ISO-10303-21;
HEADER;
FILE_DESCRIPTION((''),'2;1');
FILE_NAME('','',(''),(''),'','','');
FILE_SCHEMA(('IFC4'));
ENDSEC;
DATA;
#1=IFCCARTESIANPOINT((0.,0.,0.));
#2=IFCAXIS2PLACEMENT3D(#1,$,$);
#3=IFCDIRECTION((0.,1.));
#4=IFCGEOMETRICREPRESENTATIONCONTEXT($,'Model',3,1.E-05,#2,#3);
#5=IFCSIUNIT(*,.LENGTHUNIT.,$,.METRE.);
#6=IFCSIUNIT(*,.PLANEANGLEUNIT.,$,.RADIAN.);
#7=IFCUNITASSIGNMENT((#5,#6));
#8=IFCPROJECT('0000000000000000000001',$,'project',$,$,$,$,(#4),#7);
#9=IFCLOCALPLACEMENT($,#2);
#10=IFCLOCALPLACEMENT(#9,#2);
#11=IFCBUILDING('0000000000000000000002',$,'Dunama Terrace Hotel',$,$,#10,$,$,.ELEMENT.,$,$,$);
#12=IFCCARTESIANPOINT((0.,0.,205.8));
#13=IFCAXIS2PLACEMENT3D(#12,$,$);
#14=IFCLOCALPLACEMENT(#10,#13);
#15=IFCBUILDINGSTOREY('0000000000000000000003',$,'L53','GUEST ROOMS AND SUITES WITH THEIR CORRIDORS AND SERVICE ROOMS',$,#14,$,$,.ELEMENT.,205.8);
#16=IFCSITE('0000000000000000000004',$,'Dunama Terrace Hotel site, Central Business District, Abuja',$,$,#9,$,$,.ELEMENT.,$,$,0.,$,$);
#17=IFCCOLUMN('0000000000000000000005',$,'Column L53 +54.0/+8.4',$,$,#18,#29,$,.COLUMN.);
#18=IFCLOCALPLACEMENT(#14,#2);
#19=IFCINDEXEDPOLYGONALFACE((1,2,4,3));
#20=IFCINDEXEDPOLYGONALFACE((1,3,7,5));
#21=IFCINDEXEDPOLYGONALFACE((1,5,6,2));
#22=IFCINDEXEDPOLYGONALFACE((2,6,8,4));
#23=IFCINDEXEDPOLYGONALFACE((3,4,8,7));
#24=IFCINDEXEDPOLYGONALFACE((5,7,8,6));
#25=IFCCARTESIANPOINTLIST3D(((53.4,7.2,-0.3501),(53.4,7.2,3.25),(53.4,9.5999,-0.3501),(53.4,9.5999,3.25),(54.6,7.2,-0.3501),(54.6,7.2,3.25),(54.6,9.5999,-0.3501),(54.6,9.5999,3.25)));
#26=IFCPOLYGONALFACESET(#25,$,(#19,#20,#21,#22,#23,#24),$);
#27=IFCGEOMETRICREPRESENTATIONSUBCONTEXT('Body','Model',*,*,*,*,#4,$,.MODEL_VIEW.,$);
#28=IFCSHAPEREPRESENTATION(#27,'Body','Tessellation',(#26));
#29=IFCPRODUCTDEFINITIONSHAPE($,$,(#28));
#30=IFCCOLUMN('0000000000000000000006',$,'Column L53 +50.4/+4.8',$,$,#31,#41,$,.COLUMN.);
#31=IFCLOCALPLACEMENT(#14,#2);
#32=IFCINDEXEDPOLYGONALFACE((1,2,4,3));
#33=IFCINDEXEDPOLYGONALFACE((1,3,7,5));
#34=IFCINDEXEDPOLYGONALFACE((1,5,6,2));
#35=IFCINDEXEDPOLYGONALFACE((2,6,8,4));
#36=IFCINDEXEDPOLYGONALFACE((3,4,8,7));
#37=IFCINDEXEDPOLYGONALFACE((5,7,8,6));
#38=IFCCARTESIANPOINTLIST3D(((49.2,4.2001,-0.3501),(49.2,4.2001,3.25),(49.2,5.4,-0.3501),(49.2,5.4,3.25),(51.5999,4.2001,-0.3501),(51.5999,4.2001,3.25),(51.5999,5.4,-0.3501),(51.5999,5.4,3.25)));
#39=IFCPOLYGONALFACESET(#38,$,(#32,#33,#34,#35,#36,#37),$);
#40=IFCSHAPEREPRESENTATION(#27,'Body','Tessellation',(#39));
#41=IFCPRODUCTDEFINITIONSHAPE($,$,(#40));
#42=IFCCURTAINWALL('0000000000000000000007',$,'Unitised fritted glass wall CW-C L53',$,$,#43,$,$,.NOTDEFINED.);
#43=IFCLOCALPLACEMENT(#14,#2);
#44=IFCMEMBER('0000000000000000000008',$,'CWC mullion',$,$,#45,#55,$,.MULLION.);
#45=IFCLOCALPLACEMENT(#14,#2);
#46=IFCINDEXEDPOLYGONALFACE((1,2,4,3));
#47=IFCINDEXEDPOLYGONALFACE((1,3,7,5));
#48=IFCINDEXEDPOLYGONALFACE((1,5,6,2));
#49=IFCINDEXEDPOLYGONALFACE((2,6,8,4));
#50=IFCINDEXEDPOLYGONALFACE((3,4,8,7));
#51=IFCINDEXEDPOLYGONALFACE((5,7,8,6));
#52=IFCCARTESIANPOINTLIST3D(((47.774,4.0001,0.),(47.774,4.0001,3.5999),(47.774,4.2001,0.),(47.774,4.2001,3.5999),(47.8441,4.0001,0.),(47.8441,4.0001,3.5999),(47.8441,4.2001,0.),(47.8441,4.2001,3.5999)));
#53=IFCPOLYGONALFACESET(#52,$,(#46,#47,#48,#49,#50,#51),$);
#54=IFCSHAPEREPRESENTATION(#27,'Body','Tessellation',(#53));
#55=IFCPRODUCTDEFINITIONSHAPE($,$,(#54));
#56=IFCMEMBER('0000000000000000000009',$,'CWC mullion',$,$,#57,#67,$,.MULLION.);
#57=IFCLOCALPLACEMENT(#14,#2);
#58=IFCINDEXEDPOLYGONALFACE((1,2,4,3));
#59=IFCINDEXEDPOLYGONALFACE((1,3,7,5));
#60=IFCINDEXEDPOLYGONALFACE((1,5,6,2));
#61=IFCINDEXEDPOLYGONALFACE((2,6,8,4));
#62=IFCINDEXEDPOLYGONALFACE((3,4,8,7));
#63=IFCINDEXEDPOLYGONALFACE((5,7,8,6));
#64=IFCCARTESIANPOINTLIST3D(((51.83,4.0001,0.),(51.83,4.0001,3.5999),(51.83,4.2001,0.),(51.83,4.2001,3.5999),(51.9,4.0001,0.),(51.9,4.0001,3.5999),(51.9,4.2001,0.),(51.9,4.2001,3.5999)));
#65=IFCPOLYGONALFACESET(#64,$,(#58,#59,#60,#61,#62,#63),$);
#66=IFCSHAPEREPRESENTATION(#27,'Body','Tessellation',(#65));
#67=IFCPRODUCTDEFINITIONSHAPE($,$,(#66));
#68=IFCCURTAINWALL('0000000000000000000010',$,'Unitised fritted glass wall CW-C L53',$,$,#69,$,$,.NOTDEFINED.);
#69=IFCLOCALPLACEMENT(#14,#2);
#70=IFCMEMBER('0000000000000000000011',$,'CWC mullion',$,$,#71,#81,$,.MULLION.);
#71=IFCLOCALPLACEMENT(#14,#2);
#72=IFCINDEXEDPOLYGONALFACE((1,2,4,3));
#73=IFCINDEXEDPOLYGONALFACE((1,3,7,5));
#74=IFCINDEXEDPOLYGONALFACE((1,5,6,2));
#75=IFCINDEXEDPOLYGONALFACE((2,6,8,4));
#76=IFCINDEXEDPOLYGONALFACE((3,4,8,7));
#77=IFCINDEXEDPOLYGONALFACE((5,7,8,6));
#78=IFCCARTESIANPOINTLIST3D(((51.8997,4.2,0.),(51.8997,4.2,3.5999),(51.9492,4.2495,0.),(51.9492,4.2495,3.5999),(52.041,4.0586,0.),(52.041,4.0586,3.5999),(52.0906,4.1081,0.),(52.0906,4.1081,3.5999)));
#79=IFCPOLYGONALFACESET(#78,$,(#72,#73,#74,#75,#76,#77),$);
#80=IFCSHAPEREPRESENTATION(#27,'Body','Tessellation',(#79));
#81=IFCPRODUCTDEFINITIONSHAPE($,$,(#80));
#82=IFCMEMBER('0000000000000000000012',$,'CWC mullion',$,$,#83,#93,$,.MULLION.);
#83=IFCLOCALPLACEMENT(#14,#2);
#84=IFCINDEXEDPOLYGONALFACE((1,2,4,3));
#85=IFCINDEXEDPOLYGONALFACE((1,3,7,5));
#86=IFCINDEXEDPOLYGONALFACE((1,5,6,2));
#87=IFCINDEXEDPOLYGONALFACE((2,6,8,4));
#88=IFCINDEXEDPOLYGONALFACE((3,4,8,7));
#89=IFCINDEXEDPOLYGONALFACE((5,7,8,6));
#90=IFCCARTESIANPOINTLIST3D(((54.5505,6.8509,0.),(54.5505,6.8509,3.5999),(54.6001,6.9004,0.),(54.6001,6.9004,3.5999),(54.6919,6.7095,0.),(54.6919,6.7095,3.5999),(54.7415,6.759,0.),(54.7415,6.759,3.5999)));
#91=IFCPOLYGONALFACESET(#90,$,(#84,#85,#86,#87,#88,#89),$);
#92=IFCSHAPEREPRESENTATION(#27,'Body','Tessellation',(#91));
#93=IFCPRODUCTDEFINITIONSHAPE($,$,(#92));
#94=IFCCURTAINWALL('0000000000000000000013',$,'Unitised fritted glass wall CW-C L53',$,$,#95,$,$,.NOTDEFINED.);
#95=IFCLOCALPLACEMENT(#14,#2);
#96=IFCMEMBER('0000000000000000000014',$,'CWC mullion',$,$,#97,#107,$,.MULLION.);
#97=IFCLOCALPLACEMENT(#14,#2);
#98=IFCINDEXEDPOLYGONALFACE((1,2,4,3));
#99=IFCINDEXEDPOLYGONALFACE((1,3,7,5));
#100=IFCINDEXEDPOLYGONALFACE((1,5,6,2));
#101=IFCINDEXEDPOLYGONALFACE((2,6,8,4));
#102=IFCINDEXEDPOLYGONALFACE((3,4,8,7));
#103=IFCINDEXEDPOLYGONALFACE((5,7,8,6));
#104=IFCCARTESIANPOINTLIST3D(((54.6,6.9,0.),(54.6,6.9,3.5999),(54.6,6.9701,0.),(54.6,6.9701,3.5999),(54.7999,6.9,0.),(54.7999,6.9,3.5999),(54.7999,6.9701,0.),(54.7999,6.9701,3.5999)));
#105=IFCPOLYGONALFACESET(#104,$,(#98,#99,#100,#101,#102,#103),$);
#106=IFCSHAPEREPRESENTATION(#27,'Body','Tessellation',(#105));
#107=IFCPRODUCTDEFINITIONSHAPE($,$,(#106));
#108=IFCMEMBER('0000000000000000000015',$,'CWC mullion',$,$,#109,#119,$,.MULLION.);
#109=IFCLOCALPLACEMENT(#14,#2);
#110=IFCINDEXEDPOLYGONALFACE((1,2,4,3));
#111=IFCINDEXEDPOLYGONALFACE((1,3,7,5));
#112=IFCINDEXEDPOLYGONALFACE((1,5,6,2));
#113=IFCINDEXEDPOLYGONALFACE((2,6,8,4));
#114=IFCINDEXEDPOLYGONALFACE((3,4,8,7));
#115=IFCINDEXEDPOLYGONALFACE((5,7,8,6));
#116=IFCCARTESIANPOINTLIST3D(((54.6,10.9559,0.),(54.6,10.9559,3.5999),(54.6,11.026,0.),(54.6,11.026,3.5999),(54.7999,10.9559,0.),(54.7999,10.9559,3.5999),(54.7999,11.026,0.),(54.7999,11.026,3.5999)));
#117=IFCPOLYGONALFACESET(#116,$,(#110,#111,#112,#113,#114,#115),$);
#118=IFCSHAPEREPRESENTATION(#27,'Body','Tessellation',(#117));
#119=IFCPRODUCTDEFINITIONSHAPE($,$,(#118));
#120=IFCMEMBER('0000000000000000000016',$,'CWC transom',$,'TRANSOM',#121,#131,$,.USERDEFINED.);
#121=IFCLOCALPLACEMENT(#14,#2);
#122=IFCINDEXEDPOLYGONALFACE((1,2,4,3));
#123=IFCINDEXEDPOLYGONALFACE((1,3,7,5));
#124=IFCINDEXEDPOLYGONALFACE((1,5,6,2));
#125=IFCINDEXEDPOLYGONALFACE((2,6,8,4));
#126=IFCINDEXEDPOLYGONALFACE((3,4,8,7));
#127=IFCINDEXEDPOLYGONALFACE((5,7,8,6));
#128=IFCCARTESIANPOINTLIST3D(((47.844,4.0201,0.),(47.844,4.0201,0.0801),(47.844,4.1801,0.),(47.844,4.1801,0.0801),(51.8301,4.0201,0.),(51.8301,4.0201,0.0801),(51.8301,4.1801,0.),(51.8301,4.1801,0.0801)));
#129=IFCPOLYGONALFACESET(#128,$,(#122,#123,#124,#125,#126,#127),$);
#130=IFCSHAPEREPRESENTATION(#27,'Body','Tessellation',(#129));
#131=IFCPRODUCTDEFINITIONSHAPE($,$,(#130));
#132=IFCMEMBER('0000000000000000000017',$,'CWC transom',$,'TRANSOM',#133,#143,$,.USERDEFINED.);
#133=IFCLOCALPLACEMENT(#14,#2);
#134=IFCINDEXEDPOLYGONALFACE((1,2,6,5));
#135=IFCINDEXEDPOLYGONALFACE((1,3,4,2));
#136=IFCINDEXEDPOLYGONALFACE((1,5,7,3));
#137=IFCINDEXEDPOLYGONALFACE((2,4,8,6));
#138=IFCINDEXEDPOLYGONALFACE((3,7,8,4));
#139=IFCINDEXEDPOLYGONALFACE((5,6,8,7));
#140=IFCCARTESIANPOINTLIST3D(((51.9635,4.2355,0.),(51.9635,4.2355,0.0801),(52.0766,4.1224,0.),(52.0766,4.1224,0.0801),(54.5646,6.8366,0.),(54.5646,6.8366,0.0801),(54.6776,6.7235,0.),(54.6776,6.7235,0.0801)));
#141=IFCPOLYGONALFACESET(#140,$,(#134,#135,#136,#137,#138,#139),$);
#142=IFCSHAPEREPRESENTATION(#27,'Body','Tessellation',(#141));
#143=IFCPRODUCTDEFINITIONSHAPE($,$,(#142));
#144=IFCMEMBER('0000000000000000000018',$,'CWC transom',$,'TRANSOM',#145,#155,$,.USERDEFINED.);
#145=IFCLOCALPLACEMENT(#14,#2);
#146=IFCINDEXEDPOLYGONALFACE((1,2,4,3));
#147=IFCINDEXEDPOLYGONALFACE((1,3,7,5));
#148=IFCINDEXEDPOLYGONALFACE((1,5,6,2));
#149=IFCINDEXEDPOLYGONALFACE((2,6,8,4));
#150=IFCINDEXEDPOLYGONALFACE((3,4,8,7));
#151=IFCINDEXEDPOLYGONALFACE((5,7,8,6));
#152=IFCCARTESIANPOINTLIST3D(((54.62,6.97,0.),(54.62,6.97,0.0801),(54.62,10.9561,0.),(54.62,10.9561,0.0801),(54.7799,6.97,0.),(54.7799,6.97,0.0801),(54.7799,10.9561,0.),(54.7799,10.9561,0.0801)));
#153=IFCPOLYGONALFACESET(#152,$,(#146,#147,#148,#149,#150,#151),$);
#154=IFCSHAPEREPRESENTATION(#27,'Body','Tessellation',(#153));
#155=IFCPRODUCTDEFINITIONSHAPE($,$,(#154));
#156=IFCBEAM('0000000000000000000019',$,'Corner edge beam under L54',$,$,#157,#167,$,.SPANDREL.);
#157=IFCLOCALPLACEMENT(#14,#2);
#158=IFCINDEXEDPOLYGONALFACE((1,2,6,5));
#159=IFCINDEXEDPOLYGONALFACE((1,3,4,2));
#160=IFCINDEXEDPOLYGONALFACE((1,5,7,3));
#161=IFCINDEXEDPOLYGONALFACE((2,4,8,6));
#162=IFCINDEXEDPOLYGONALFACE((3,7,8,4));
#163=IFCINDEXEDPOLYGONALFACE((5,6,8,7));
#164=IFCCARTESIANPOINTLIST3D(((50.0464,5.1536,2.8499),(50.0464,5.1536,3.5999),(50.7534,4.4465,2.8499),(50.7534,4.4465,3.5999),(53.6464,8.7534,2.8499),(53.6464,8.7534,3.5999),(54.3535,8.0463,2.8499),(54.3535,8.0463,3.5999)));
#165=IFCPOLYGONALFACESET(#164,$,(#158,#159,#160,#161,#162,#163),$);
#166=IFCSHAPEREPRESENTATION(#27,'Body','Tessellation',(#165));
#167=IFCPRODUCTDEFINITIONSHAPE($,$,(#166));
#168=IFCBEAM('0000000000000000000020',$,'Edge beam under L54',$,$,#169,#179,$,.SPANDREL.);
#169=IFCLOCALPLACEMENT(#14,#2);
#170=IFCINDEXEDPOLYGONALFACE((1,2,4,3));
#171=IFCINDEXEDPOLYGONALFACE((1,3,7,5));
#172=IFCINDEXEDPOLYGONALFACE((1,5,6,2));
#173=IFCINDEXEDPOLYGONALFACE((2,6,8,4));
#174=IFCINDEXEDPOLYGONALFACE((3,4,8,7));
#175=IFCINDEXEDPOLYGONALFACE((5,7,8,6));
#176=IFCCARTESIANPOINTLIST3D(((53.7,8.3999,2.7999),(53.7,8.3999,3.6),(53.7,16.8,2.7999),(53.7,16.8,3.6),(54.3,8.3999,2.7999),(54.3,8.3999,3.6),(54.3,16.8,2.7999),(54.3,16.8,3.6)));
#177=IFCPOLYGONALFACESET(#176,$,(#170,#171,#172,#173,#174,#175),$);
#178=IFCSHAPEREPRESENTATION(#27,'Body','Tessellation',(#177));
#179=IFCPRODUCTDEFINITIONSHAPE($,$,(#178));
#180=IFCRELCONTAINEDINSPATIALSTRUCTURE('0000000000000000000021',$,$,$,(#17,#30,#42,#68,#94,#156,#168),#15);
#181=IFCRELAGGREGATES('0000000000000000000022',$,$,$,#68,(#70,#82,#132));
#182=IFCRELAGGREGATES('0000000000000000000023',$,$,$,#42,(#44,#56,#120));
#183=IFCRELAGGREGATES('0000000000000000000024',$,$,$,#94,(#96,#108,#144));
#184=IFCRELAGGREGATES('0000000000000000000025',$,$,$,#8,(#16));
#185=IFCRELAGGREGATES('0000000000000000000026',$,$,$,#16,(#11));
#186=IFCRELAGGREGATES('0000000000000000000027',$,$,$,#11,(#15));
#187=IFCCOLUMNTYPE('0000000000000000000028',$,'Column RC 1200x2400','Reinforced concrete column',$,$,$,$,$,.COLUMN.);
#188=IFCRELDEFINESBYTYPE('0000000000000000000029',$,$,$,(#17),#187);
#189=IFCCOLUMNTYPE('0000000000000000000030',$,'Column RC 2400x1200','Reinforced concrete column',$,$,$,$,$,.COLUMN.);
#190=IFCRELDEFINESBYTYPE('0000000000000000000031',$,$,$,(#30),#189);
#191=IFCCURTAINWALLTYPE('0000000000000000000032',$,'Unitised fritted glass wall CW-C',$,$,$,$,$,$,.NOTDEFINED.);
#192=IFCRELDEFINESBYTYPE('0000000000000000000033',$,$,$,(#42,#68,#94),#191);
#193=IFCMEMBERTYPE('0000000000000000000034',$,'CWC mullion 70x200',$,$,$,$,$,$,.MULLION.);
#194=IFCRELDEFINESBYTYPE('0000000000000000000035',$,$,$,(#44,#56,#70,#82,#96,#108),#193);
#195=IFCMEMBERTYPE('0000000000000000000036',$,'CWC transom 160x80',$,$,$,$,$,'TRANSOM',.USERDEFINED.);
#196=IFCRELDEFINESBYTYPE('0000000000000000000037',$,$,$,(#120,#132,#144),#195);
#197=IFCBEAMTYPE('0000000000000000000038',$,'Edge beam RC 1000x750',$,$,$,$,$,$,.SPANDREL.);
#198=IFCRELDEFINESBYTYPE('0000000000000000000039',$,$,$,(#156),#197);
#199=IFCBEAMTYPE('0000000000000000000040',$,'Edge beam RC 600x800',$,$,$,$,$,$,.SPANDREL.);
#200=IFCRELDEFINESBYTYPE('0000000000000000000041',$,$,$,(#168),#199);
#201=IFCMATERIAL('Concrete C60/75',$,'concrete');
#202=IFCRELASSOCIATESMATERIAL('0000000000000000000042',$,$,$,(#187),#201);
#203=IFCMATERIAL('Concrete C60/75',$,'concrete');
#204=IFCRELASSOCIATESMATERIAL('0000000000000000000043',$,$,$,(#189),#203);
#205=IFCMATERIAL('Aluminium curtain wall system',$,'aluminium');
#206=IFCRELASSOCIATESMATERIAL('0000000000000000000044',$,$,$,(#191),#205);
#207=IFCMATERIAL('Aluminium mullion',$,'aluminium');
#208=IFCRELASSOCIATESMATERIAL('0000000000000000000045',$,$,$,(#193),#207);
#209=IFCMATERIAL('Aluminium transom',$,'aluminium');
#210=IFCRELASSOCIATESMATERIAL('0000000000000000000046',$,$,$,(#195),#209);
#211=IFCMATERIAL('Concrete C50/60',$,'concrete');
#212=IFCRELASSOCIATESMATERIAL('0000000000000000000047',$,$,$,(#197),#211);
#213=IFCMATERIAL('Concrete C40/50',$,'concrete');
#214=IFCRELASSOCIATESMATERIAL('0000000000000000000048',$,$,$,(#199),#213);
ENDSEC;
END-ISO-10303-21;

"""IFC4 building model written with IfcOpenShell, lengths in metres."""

from ifc_helpers import new_model, si_unit, direction, frame, origin, origin_2d, place, context, subcontext, project, spatial, rectangle, extrude, material, material_profile, profile_set, type_object, element, aggregate, save


model = new_model("IFC4")

# Units and contexts
model_context = context("Model", 3, precision=1e-05, world=origin(), true_north=direction((0.0, 1.0)))
body_context = subcontext(model_context, "Body", "Model", "MODEL_VIEW")
ifc_project = project(units=[si_unit("LENGTHUNIT", "METRE"), si_unit("PLANEANGLEUNIT", "RADIAN")], contexts=[model_context])

# Site, building, storey
site_placement = place(None, origin())
site = spatial("IfcSite", under=ifc_project, at=site_placement, Name="Dunama Terrace Hotel site, Central Business District, Abuja", CompositionType="ELEMENT", RefElevation=0.0)
building_placement = place(site_placement, origin())
building = spatial("IfcBuilding", under=site, at=building_placement, Name="Dunama Terrace Hotel", CompositionType="ELEMENT")
storey_placement = place(building_placement, frame((0.0, 0.0, 205.8)))
storey = spatial("IfcBuildingStorey", under=building, at=storey_placement, Name="L53", Description="GUEST ROOMS AND SUITES WITH THEIR CORRIDORS AND SERVICE ROOMS", CompositionType="ELEMENT", Elevation=205.8)

# Columns
ifc_material_1 = material(Name="Concrete C60/75", Category="concrete")
ifc_material_profile_1 = material_profile(ifc_material_1, rectangle(XDim=1.2, YDim=2.3999, at=origin_2d()), Name="RC 1200x2400")
ifc_profile_set_1 = profile_set([ifc_material_profile_1], Name="Concrete C60/75")
column_type_1 = type_object("IfcColumnType", Name="Column RC 1200x2400", Description="Reinforced concrete column", PredefinedType="COLUMN", material=ifc_profile_set_1)
column_1_placement = place(storey_placement, frame((54.0, 8.3999, -0.3501), z_axis=(0.0, 0.0, 1.0), x_axis=(1.0, 0.0, 0.0)))
element("IfcColumn", 1, at=column_1_placement, inside=storey, type_object=column_type_1, Name="Column L53 +54.0/+8.4", PredefinedType="COLUMN", context=body_context, shape_type="SweptSolid", body=[
    extrude(rectangle(XDim=1.2, YDim=2.3999, at=origin_2d()), origin(), (0.0, 0.0, 1.0), 3.6001),
])
ifc_material_2 = material(Name="Concrete C60/75", Category="concrete")
ifc_material_profile_2 = material_profile(ifc_material_2, rectangle(XDim=2.3999, YDim=1.2, at=origin_2d()), Name="RC 2400x1200")
ifc_profile_set_2 = profile_set([ifc_material_profile_2], Name="Concrete C60/75")
column_type_2 = type_object("IfcColumnType", Name="Column RC 2400x1200", Description="Reinforced concrete column", PredefinedType="COLUMN", material=ifc_profile_set_2)
column_2_placement = place(storey_placement, frame((50.3999, 4.8, -0.3501), z_axis=(0.0, 0.0, 1.0), x_axis=(1.0, 0.0, 0.0)))
element("IfcColumn", 2, at=column_2_placement, inside=storey, type_object=column_type_2, Name="Column L53 +50.4/+4.8", PredefinedType="COLUMN", context=body_context, shape_type="SweptSolid", body=[
    extrude(rectangle(XDim=2.3999, YDim=1.2, at=origin_2d()), origin(), (0.0, 0.0, 1.0), 3.6001),
])

# Curtain walls, members
ifc_material_3 = material(Name="Aluminium curtain wall system", Category="aluminium")
curtain_wall_type = type_object("IfcCurtainWallType", Name="Unitised fritted glass wall CW-C", PredefinedType="NOTDEFINED", material=ifc_material_3)
curtain_wall_1_placement = place(storey_placement, origin())
curtain_wall_1 = element("IfcCurtainWall", 3, at=curtain_wall_1_placement, inside=storey, type_object=curtain_wall_type, Name="Unitised fritted glass wall CW-C L53", PredefinedType="NOTDEFINED")
ifc_material_4 = material(Name="Aluminium mullion", Category="aluminium")
ifc_material_profile_3 = material_profile(ifc_material_4, rectangle(XDim=0.0701, YDim=0.2, at=origin_2d()), Name="CWC MULLION 70X200")
ifc_profile_set_3 = profile_set([ifc_material_profile_3], Name="Aluminium mullion")
member_type_1 = type_object("IfcMemberType", Name="CWC mullion 70x200", PredefinedType="MULLION", material=ifc_profile_set_3)
member_1_placement = place(storey_placement, frame((47.8091, 4.1001, 0.0), z_axis=(0.0, 0.0, 1.0), x_axis=(1.0, 0.0, 0.0)))
member_1 = element("IfcMember", 4, at=member_1_placement, type_object=member_type_1, Name="CWC mullion", PredefinedType="MULLION", context=body_context, shape_type="SweptSolid", body=[
    extrude(rectangle(XDim=0.0701, YDim=0.2, at=origin_2d()), origin(), (0.0, 0.0, 1.0), 3.5999),
])
member_2_placement = place(storey_placement, frame((51.865, 4.1001, 0.0), z_axis=(0.0, 0.0, 1.0), x_axis=(1.0, 0.0, 0.0)))
member_2 = element("IfcMember", 5, at=member_2_placement, type_object=member_type_1, Name="CWC mullion", PredefinedType="MULLION", context=body_context, shape_type="SweptSolid", body=[
    extrude(rectangle(XDim=0.0701, YDim=0.2, at=origin_2d()), origin(), (0.0, 0.0, 1.0), 3.5999),
])
curtain_wall_2_placement = place(storey_placement, origin())
curtain_wall_2 = element("IfcCurtainWall", 6, at=curtain_wall_2_placement, inside=storey, type_object=curtain_wall_type, Name="Unitised fritted glass wall CW-C L53", PredefinedType="NOTDEFINED")
member_3_placement = place(storey_placement, frame((51.9951, 4.1541, 0.0), z_axis=(0.0, 0.0, 1.0), x_axis=(0.707107, 0.707107, 0.0)))
member_3 = element("IfcMember", 7, at=member_3_placement, type_object=member_type_1, Name="CWC mullion", PredefinedType="MULLION", context=body_context, shape_type="SweptSolid", body=[
    extrude(rectangle(XDim=0.0701, YDim=0.2, at=origin_2d()), origin(), (0.0, 0.0, 1.0), 3.5999),
])
member_4_placement = place(storey_placement, frame((54.646, 6.8049, 0.0), z_axis=(0.0, 0.0, 1.0), x_axis=(0.707107, 0.707107, 0.0)))
member_4 = element("IfcMember", 8, at=member_4_placement, type_object=member_type_1, Name="CWC mullion", PredefinedType="MULLION", context=body_context, shape_type="SweptSolid", body=[
    extrude(rectangle(XDim=0.0701, YDim=0.2, at=origin_2d()), origin(), (0.0, 0.0, 1.0), 3.5999),
])
curtain_wall_3_placement = place(storey_placement, origin())
curtain_wall_3 = element("IfcCurtainWall", 9, at=curtain_wall_3_placement, inside=storey, type_object=curtain_wall_type, Name="Unitised fritted glass wall CW-C L53", PredefinedType="NOTDEFINED")
member_5_placement = place(storey_placement, frame((54.7, 6.9351, 0.0), z_axis=(0.0, 0.0, 1.0), x_axis=(0.0, 1.0, 0.0)))
member_5 = element("IfcMember", 10, at=member_5_placement, type_object=member_type_1, Name="CWC mullion", PredefinedType="MULLION", context=body_context, shape_type="SweptSolid", body=[
    extrude(rectangle(XDim=0.0701, YDim=0.2, at=origin_2d()), origin(), (0.0, 0.0, 1.0), 3.5999),
])
member_6_placement = place(storey_placement, frame((54.7, 10.991, 0.0), z_axis=(0.0, 0.0, 1.0), x_axis=(0.0, 1.0, 0.0)))
member_6 = element("IfcMember", 11, at=member_6_placement, type_object=member_type_1, Name="CWC mullion", PredefinedType="MULLION", context=body_context, shape_type="SweptSolid", body=[
    extrude(rectangle(XDim=0.0701, YDim=0.2, at=origin_2d()), origin(), (0.0, 0.0, 1.0), 3.5999),
])

# Members
ifc_material_5 = material(Name="Aluminium transom", Category="aluminium")
ifc_material_profile_4 = material_profile(ifc_material_5, rectangle(XDim=0.1599, YDim=0.0801, at=origin_2d()), Name="CWC TRANSOM 160X80")
ifc_profile_set_4 = profile_set([ifc_material_profile_4], Name="Aluminium transom")
member_type_2 = type_object("IfcMemberType", Name="CWC transom 160x80", ElementType="TRANSOM", PredefinedType="USERDEFINED", material=ifc_profile_set_4)
member_7_placement = place(storey_placement, frame((47.844, 4.1001, 0.04), z_axis=(1.0, 0.0, 0.0), x_axis=(0.0, 1.0, 0.0)))
member_7 = element("IfcMember", 12, at=member_7_placement, type_object=member_type_2, Name="CWC transom", ObjectType="TRANSOM", PredefinedType="USERDEFINED", context=body_context, shape_type="SweptSolid", body=[
    extrude(rectangle(XDim=0.1599, YDim=0.0801, at=origin_2d()), origin(), (0.0, 0.0, 1.0), 3.9861),
])
member_8_placement = place(storey_placement, frame((52.02, 4.179, 0.04), z_axis=(0.707107, 0.707107, 0.0), x_axis=(-0.707107, 0.707107, 0.0)))
member_8 = element("IfcMember", 13, at=member_8_placement, type_object=member_type_2, Name="CWC transom", ObjectType="TRANSOM", PredefinedType="USERDEFINED", context=body_context, shape_type="SweptSolid", body=[
    extrude(rectangle(XDim=0.1599, YDim=0.0801, at=origin_2d()), origin(), (0.0, 0.0, 1.0), 3.6785),
])
member_9_placement = place(storey_placement, frame((54.7, 6.97, 0.04), z_axis=(0.0, 1.0, 0.0), x_axis=(-1.0, 0.0, 0.0)))
member_9 = element("IfcMember", 14, at=member_9_placement, type_object=member_type_2, Name="CWC transom", ObjectType="TRANSOM", PredefinedType="USERDEFINED", context=body_context, shape_type="SweptSolid", body=[
    extrude(rectangle(XDim=0.1599, YDim=0.0801, at=origin_2d()), origin(), (0.0, 0.0, 1.0), 3.9861),
])

# Beams
ifc_material_6 = material(Name="Concrete C50/60", Category="concrete")
ifc_material_profile_5 = material_profile(ifc_material_6, rectangle(XDim=1.0, YDim=0.75, at=origin_2d()), Name="RC 1000x750")
ifc_profile_set_5 = profile_set([ifc_material_profile_5], Name="Concrete C50/60")
beam_type_1 = type_object("IfcBeamType", Name="Edge beam RC 1000x750", PredefinedType="SPANDREL", material=ifc_profile_set_5)
beam_1_placement = place(storey_placement, frame((50.3999, 4.8, 3.2249), z_axis=(0.707131, 0.707083, 0.0), x_axis=(-0.707083, 0.707131, 0.0)))
element("IfcBeam", 15, at=beam_1_placement, inside=storey, type_object=beam_type_1, Name="Corner edge beam under L54", PredefinedType="SPANDREL", context=body_context, shape_type="SweptSolid", body=[
    extrude(rectangle(XDim=1.0, YDim=0.75, at=origin_2d()), origin(), (0.0, 0.0, 1.0), 5.0911),
])
ifc_material_7 = material(Name="Concrete C40/50", Category="concrete")
ifc_material_profile_6 = material_profile(ifc_material_7, rectangle(XDim=0.6001, YDim=0.8, at=origin_2d()), Name="RC 600x800")
ifc_profile_set_6 = profile_set([ifc_material_profile_6], Name="Concrete C40/50")
beam_type_2 = type_object("IfcBeamType", Name="Edge beam RC 600x800", PredefinedType="SPANDREL", material=ifc_profile_set_6)
beam_2_placement = place(storey_placement, frame((54.0, 8.3999, 3.2), z_axis=(0.0, 1.0, 0.0), x_axis=(-1.0, 0.0, 0.0)))
element("IfcBeam", 16, at=beam_2_placement, inside=storey, type_object=beam_type_2, Name="Edge beam under L54", PredefinedType="SPANDREL", context=body_context, shape_type="SweptSolid", body=[
    extrude(rectangle(XDim=0.6001, YDim=0.8, at=origin_2d()), origin(), (0.0, 0.0, 1.0), 8.4001),
])

aggregate(curtain_wall_2, [member_3, member_4, member_8])
aggregate(curtain_wall_1, [member_1, member_2, member_7])
aggregate(curtain_wall_3, [member_5, member_6, member_9])

save(model, "model.ifc")
